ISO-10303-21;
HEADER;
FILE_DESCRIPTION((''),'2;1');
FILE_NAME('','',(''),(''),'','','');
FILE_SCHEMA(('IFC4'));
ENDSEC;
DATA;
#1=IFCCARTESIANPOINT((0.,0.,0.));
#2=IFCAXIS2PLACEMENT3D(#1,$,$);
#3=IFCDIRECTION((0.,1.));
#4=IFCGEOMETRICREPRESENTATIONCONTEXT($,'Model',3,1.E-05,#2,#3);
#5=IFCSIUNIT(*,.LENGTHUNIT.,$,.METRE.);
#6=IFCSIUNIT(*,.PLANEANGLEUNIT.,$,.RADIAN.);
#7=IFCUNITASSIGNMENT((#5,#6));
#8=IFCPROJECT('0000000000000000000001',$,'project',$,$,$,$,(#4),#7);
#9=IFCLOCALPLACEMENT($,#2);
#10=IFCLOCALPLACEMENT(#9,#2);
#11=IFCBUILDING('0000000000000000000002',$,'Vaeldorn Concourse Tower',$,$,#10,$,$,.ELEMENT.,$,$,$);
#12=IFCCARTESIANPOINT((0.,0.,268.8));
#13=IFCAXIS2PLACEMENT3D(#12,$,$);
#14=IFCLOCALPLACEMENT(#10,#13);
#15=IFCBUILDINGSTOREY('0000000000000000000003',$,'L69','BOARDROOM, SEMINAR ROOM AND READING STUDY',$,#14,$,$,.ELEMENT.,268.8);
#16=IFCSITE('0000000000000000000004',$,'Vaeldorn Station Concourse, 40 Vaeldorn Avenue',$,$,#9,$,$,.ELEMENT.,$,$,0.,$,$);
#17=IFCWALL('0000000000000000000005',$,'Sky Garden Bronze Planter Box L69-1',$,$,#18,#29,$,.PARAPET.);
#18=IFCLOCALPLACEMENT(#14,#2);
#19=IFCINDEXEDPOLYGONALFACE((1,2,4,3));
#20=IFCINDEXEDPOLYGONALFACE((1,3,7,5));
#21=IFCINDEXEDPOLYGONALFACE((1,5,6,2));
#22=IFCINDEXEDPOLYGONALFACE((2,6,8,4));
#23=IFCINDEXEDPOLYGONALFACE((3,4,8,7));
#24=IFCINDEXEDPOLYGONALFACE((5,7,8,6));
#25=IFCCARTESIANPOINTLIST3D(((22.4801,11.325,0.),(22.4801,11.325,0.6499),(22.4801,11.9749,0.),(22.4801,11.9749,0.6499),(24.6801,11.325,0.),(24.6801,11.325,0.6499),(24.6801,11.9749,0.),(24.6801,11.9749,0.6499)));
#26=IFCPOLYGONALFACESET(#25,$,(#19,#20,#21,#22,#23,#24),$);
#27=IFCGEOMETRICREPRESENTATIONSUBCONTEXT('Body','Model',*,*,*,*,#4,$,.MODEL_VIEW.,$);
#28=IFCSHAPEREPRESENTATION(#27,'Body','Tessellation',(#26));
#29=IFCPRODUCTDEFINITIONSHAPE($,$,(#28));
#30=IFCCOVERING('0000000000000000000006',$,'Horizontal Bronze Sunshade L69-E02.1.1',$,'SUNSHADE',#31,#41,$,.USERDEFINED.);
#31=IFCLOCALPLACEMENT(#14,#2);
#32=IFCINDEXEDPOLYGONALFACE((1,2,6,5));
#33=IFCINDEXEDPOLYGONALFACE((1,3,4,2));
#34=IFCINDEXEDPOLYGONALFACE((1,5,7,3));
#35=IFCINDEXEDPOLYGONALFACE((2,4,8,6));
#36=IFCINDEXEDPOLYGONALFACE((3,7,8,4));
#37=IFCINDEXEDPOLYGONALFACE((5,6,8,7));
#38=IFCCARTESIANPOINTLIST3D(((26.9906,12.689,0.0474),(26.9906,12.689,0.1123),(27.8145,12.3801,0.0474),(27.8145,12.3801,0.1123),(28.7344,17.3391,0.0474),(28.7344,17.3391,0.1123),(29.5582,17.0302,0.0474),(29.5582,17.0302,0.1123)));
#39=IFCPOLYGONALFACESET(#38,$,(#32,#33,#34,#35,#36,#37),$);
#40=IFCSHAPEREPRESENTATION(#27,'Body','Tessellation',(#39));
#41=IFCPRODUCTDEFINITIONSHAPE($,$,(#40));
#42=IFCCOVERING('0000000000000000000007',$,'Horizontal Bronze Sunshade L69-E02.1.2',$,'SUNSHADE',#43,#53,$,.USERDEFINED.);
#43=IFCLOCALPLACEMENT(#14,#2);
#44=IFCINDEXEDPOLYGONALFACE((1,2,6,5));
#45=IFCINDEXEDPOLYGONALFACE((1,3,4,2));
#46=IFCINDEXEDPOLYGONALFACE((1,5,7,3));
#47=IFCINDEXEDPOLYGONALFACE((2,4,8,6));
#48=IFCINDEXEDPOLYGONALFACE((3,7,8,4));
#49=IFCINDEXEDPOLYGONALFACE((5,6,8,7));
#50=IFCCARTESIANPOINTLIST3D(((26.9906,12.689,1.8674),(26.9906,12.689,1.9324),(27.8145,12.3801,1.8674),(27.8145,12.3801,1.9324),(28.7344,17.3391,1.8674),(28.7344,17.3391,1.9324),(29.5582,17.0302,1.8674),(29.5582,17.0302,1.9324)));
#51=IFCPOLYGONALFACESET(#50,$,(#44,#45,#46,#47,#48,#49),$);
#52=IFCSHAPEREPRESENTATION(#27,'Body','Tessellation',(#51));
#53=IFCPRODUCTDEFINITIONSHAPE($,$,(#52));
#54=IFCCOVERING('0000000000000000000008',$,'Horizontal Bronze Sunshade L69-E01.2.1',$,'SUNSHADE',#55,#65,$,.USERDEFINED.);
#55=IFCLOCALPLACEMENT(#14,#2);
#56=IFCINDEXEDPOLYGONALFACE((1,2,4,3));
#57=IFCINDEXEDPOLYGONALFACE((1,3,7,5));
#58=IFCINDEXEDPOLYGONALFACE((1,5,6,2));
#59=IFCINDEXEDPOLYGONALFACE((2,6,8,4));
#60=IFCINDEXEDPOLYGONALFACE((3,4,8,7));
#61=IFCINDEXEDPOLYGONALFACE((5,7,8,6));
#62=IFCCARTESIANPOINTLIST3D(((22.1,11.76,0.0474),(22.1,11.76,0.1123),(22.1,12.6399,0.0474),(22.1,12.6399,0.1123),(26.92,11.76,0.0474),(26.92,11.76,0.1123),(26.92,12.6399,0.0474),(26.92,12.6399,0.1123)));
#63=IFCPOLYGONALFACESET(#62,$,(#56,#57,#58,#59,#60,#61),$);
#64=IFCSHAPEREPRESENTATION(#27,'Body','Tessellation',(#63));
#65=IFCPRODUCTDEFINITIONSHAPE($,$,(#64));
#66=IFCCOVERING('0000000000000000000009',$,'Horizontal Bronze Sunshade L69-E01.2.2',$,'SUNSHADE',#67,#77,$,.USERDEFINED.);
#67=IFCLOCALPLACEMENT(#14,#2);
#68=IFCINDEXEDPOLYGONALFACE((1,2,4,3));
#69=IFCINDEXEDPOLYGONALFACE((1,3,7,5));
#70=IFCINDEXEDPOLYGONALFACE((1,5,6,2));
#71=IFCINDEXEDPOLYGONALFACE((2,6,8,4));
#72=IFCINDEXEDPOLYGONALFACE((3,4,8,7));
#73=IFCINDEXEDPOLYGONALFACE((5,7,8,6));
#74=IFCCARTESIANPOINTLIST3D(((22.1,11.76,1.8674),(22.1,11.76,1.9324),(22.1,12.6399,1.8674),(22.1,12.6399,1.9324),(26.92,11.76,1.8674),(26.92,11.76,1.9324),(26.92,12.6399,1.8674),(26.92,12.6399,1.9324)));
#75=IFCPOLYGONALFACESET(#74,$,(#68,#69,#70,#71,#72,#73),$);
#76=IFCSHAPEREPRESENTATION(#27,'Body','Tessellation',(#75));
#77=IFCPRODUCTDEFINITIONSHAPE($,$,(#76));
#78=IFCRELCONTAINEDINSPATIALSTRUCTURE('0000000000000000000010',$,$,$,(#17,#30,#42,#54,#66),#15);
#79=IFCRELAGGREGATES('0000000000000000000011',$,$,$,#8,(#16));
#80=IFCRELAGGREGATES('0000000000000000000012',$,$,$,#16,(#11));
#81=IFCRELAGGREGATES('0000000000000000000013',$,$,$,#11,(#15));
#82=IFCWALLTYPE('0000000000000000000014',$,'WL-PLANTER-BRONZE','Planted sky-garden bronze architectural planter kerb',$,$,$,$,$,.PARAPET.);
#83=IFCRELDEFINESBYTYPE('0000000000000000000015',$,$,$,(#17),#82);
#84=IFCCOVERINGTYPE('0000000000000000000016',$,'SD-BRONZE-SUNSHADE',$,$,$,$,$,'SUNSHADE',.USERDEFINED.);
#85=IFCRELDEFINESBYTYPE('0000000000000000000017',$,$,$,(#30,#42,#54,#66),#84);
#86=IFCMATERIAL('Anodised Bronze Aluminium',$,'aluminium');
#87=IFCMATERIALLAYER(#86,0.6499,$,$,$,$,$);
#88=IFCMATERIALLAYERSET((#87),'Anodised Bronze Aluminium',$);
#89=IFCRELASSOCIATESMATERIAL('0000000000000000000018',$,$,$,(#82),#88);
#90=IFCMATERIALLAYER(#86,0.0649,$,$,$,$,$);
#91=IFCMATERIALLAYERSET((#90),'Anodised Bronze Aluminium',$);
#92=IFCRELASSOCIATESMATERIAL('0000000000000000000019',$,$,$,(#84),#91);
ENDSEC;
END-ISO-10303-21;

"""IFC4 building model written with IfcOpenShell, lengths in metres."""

from ifc_helpers import new_model, si_unit, direction, frame, frame_2d, origin, origin_2d, place, context, subcontext, project, spatial, rectangle, extrude, source, transform, mapped, material, layer, layer_set, type_object, element, save


model = new_model("IFC4")

# Units and contexts
model_context = context("Model", 3, precision=1e-05, world=origin(), true_north=direction((0.0, 1.0)))
body_context = subcontext(model_context, "Body", "Model", "MODEL_VIEW")
ifc_project = project(units=[si_unit("LENGTHUNIT", "METRE"), si_unit("PLANEANGLEUNIT", "RADIAN")], contexts=[model_context])

# Site, building, storey
site_placement = place(None, origin())
site = spatial("IfcSite", under=ifc_project, at=site_placement, Name="Vaeldorn Station Concourse, 40 Vaeldorn Avenue", CompositionType="ELEMENT", RefElevation=0.0)
building_placement = place(site_placement, origin())
building = spatial("IfcBuilding", under=site, at=building_placement, Name="Vaeldorn Concourse Tower", CompositionType="ELEMENT")
storey_placement = place(building_placement, frame((0.0, 0.0, 268.8)))
storey = spatial("IfcBuildingStorey", under=building, at=storey_placement, Name="L69", Description="BOARDROOM, SEMINAR ROOM AND READING STUDY", CompositionType="ELEMENT", Elevation=268.8)

# Shared definitions
ifc_material_1 = material(Name="Anodised Bronze Aluminium", Category="aluminium")

# Wall
ifc_layer_1 = layer(ifc_material_1, 0.6499)
ifc_layer_set_1 = layer_set([ifc_layer_1], Name="Anodised Bronze Aluminium")
wall_type_1 = type_object("IfcWallType", Name="WL-PLANTER-BRONZE", Description="Planted sky-garden bronze architectural planter kerb", PredefinedType="PARAPET", material=ifc_layer_set_1)
wall_1_placement = place(storey_placement, frame((22.48, 11.6499, 0.0), z_axis=(0.0, 0.0, 1.0), x_axis=(1.0, 0.0, 0.0)))
element("IfcWall", 1, at=wall_1_placement, inside=storey, type_object=wall_type_1, Name="Sky Garden Bronze Planter Box L69-1", PredefinedType="PARAPET", context=body_context, shape_type="SweptSolid", body=[
    extrude(rectangle(XDim=2.2, YDim=0.6499, at=frame_2d((1.1001, 0.0))), origin(), (0.0, 0.0, 1.0), 0.6499),
])

# Coverings
ifc_layer_2 = layer(ifc_material_1, 0.0649)
ifc_layer_set_2 = layer_set([ifc_layer_2], Name="Anodised Bronze Aluminium")
covering_type = type_object("IfcCoveringType", Name="SD-BRONZE-SUNSHADE", ElementType="SUNSHADE", PredefinedType="USERDEFINED", material=ifc_layer_set_2)
shared_shape_1 = source(origin(), body_context, "Body", "SweptSolid", [
    extrude(rectangle(XDim=4.9663, YDim=0.8799, at=origin_2d()), origin(), (0.0, 0.0, 1.0), 0.0649),
])
for number, where, z_axis, x_axis, name in (
    (2, (28.2744, 14.8596, 0.0474), (0.0, 0.0, 1.0), (0.351123, 0.936329, 0.0), "Horizontal Bronze Sunshade L69-E02.1.1"),
    (3, (28.2744, 14.8596, 1.8674), (0.0, 0.0, 1.0), (0.351123, 0.936329, 0.0), "Horizontal Bronze Sunshade L69-E02.1.2"),
):
    element("IfcCovering", number, at=place(storey_placement, frame(where, z_axis=z_axis, x_axis=x_axis)), inside=storey, type_object=covering_type, Name=name, ObjectType="SUNSHADE", PredefinedType="USERDEFINED", context=body_context, shape_type="MappedRepresentation", body=[
        mapped(shared_shape_1, transform((0.0, 0.0, 0.0), scale=1.0)),
    ])
shared_shape_2 = source(origin(), body_context, "Body", "SweptSolid", [
    extrude(rectangle(XDim=4.8201, YDim=0.8799, at=origin_2d()), origin(), (0.0, 0.0, 1.0), 0.0649),
])
for number, where, z_axis, x_axis, name in (
    (4, (24.51, 12.2, 0.0474), (0.0, 0.0, 1.0), (1.0, 0.0, 0.0), "Horizontal Bronze Sunshade L69-E01.2.1"),
    (5, (24.51, 12.2, 1.8674), (0.0, 0.0, 1.0), (1.0, 0.0, 0.0), "Horizontal Bronze Sunshade L69-E01.2.2"),
):
    element("IfcCovering", number, at=place(storey_placement, frame(where, z_axis=z_axis, x_axis=x_axis)), inside=storey, type_object=covering_type, Name=name, ObjectType="SUNSHADE", PredefinedType="USERDEFINED", context=body_context, shape_type="MappedRepresentation", body=[
        mapped(shared_shape_2, transform((0.0, 0.0, 0.0), scale=1.0)),
    ])

save(model, "model.ifc")
